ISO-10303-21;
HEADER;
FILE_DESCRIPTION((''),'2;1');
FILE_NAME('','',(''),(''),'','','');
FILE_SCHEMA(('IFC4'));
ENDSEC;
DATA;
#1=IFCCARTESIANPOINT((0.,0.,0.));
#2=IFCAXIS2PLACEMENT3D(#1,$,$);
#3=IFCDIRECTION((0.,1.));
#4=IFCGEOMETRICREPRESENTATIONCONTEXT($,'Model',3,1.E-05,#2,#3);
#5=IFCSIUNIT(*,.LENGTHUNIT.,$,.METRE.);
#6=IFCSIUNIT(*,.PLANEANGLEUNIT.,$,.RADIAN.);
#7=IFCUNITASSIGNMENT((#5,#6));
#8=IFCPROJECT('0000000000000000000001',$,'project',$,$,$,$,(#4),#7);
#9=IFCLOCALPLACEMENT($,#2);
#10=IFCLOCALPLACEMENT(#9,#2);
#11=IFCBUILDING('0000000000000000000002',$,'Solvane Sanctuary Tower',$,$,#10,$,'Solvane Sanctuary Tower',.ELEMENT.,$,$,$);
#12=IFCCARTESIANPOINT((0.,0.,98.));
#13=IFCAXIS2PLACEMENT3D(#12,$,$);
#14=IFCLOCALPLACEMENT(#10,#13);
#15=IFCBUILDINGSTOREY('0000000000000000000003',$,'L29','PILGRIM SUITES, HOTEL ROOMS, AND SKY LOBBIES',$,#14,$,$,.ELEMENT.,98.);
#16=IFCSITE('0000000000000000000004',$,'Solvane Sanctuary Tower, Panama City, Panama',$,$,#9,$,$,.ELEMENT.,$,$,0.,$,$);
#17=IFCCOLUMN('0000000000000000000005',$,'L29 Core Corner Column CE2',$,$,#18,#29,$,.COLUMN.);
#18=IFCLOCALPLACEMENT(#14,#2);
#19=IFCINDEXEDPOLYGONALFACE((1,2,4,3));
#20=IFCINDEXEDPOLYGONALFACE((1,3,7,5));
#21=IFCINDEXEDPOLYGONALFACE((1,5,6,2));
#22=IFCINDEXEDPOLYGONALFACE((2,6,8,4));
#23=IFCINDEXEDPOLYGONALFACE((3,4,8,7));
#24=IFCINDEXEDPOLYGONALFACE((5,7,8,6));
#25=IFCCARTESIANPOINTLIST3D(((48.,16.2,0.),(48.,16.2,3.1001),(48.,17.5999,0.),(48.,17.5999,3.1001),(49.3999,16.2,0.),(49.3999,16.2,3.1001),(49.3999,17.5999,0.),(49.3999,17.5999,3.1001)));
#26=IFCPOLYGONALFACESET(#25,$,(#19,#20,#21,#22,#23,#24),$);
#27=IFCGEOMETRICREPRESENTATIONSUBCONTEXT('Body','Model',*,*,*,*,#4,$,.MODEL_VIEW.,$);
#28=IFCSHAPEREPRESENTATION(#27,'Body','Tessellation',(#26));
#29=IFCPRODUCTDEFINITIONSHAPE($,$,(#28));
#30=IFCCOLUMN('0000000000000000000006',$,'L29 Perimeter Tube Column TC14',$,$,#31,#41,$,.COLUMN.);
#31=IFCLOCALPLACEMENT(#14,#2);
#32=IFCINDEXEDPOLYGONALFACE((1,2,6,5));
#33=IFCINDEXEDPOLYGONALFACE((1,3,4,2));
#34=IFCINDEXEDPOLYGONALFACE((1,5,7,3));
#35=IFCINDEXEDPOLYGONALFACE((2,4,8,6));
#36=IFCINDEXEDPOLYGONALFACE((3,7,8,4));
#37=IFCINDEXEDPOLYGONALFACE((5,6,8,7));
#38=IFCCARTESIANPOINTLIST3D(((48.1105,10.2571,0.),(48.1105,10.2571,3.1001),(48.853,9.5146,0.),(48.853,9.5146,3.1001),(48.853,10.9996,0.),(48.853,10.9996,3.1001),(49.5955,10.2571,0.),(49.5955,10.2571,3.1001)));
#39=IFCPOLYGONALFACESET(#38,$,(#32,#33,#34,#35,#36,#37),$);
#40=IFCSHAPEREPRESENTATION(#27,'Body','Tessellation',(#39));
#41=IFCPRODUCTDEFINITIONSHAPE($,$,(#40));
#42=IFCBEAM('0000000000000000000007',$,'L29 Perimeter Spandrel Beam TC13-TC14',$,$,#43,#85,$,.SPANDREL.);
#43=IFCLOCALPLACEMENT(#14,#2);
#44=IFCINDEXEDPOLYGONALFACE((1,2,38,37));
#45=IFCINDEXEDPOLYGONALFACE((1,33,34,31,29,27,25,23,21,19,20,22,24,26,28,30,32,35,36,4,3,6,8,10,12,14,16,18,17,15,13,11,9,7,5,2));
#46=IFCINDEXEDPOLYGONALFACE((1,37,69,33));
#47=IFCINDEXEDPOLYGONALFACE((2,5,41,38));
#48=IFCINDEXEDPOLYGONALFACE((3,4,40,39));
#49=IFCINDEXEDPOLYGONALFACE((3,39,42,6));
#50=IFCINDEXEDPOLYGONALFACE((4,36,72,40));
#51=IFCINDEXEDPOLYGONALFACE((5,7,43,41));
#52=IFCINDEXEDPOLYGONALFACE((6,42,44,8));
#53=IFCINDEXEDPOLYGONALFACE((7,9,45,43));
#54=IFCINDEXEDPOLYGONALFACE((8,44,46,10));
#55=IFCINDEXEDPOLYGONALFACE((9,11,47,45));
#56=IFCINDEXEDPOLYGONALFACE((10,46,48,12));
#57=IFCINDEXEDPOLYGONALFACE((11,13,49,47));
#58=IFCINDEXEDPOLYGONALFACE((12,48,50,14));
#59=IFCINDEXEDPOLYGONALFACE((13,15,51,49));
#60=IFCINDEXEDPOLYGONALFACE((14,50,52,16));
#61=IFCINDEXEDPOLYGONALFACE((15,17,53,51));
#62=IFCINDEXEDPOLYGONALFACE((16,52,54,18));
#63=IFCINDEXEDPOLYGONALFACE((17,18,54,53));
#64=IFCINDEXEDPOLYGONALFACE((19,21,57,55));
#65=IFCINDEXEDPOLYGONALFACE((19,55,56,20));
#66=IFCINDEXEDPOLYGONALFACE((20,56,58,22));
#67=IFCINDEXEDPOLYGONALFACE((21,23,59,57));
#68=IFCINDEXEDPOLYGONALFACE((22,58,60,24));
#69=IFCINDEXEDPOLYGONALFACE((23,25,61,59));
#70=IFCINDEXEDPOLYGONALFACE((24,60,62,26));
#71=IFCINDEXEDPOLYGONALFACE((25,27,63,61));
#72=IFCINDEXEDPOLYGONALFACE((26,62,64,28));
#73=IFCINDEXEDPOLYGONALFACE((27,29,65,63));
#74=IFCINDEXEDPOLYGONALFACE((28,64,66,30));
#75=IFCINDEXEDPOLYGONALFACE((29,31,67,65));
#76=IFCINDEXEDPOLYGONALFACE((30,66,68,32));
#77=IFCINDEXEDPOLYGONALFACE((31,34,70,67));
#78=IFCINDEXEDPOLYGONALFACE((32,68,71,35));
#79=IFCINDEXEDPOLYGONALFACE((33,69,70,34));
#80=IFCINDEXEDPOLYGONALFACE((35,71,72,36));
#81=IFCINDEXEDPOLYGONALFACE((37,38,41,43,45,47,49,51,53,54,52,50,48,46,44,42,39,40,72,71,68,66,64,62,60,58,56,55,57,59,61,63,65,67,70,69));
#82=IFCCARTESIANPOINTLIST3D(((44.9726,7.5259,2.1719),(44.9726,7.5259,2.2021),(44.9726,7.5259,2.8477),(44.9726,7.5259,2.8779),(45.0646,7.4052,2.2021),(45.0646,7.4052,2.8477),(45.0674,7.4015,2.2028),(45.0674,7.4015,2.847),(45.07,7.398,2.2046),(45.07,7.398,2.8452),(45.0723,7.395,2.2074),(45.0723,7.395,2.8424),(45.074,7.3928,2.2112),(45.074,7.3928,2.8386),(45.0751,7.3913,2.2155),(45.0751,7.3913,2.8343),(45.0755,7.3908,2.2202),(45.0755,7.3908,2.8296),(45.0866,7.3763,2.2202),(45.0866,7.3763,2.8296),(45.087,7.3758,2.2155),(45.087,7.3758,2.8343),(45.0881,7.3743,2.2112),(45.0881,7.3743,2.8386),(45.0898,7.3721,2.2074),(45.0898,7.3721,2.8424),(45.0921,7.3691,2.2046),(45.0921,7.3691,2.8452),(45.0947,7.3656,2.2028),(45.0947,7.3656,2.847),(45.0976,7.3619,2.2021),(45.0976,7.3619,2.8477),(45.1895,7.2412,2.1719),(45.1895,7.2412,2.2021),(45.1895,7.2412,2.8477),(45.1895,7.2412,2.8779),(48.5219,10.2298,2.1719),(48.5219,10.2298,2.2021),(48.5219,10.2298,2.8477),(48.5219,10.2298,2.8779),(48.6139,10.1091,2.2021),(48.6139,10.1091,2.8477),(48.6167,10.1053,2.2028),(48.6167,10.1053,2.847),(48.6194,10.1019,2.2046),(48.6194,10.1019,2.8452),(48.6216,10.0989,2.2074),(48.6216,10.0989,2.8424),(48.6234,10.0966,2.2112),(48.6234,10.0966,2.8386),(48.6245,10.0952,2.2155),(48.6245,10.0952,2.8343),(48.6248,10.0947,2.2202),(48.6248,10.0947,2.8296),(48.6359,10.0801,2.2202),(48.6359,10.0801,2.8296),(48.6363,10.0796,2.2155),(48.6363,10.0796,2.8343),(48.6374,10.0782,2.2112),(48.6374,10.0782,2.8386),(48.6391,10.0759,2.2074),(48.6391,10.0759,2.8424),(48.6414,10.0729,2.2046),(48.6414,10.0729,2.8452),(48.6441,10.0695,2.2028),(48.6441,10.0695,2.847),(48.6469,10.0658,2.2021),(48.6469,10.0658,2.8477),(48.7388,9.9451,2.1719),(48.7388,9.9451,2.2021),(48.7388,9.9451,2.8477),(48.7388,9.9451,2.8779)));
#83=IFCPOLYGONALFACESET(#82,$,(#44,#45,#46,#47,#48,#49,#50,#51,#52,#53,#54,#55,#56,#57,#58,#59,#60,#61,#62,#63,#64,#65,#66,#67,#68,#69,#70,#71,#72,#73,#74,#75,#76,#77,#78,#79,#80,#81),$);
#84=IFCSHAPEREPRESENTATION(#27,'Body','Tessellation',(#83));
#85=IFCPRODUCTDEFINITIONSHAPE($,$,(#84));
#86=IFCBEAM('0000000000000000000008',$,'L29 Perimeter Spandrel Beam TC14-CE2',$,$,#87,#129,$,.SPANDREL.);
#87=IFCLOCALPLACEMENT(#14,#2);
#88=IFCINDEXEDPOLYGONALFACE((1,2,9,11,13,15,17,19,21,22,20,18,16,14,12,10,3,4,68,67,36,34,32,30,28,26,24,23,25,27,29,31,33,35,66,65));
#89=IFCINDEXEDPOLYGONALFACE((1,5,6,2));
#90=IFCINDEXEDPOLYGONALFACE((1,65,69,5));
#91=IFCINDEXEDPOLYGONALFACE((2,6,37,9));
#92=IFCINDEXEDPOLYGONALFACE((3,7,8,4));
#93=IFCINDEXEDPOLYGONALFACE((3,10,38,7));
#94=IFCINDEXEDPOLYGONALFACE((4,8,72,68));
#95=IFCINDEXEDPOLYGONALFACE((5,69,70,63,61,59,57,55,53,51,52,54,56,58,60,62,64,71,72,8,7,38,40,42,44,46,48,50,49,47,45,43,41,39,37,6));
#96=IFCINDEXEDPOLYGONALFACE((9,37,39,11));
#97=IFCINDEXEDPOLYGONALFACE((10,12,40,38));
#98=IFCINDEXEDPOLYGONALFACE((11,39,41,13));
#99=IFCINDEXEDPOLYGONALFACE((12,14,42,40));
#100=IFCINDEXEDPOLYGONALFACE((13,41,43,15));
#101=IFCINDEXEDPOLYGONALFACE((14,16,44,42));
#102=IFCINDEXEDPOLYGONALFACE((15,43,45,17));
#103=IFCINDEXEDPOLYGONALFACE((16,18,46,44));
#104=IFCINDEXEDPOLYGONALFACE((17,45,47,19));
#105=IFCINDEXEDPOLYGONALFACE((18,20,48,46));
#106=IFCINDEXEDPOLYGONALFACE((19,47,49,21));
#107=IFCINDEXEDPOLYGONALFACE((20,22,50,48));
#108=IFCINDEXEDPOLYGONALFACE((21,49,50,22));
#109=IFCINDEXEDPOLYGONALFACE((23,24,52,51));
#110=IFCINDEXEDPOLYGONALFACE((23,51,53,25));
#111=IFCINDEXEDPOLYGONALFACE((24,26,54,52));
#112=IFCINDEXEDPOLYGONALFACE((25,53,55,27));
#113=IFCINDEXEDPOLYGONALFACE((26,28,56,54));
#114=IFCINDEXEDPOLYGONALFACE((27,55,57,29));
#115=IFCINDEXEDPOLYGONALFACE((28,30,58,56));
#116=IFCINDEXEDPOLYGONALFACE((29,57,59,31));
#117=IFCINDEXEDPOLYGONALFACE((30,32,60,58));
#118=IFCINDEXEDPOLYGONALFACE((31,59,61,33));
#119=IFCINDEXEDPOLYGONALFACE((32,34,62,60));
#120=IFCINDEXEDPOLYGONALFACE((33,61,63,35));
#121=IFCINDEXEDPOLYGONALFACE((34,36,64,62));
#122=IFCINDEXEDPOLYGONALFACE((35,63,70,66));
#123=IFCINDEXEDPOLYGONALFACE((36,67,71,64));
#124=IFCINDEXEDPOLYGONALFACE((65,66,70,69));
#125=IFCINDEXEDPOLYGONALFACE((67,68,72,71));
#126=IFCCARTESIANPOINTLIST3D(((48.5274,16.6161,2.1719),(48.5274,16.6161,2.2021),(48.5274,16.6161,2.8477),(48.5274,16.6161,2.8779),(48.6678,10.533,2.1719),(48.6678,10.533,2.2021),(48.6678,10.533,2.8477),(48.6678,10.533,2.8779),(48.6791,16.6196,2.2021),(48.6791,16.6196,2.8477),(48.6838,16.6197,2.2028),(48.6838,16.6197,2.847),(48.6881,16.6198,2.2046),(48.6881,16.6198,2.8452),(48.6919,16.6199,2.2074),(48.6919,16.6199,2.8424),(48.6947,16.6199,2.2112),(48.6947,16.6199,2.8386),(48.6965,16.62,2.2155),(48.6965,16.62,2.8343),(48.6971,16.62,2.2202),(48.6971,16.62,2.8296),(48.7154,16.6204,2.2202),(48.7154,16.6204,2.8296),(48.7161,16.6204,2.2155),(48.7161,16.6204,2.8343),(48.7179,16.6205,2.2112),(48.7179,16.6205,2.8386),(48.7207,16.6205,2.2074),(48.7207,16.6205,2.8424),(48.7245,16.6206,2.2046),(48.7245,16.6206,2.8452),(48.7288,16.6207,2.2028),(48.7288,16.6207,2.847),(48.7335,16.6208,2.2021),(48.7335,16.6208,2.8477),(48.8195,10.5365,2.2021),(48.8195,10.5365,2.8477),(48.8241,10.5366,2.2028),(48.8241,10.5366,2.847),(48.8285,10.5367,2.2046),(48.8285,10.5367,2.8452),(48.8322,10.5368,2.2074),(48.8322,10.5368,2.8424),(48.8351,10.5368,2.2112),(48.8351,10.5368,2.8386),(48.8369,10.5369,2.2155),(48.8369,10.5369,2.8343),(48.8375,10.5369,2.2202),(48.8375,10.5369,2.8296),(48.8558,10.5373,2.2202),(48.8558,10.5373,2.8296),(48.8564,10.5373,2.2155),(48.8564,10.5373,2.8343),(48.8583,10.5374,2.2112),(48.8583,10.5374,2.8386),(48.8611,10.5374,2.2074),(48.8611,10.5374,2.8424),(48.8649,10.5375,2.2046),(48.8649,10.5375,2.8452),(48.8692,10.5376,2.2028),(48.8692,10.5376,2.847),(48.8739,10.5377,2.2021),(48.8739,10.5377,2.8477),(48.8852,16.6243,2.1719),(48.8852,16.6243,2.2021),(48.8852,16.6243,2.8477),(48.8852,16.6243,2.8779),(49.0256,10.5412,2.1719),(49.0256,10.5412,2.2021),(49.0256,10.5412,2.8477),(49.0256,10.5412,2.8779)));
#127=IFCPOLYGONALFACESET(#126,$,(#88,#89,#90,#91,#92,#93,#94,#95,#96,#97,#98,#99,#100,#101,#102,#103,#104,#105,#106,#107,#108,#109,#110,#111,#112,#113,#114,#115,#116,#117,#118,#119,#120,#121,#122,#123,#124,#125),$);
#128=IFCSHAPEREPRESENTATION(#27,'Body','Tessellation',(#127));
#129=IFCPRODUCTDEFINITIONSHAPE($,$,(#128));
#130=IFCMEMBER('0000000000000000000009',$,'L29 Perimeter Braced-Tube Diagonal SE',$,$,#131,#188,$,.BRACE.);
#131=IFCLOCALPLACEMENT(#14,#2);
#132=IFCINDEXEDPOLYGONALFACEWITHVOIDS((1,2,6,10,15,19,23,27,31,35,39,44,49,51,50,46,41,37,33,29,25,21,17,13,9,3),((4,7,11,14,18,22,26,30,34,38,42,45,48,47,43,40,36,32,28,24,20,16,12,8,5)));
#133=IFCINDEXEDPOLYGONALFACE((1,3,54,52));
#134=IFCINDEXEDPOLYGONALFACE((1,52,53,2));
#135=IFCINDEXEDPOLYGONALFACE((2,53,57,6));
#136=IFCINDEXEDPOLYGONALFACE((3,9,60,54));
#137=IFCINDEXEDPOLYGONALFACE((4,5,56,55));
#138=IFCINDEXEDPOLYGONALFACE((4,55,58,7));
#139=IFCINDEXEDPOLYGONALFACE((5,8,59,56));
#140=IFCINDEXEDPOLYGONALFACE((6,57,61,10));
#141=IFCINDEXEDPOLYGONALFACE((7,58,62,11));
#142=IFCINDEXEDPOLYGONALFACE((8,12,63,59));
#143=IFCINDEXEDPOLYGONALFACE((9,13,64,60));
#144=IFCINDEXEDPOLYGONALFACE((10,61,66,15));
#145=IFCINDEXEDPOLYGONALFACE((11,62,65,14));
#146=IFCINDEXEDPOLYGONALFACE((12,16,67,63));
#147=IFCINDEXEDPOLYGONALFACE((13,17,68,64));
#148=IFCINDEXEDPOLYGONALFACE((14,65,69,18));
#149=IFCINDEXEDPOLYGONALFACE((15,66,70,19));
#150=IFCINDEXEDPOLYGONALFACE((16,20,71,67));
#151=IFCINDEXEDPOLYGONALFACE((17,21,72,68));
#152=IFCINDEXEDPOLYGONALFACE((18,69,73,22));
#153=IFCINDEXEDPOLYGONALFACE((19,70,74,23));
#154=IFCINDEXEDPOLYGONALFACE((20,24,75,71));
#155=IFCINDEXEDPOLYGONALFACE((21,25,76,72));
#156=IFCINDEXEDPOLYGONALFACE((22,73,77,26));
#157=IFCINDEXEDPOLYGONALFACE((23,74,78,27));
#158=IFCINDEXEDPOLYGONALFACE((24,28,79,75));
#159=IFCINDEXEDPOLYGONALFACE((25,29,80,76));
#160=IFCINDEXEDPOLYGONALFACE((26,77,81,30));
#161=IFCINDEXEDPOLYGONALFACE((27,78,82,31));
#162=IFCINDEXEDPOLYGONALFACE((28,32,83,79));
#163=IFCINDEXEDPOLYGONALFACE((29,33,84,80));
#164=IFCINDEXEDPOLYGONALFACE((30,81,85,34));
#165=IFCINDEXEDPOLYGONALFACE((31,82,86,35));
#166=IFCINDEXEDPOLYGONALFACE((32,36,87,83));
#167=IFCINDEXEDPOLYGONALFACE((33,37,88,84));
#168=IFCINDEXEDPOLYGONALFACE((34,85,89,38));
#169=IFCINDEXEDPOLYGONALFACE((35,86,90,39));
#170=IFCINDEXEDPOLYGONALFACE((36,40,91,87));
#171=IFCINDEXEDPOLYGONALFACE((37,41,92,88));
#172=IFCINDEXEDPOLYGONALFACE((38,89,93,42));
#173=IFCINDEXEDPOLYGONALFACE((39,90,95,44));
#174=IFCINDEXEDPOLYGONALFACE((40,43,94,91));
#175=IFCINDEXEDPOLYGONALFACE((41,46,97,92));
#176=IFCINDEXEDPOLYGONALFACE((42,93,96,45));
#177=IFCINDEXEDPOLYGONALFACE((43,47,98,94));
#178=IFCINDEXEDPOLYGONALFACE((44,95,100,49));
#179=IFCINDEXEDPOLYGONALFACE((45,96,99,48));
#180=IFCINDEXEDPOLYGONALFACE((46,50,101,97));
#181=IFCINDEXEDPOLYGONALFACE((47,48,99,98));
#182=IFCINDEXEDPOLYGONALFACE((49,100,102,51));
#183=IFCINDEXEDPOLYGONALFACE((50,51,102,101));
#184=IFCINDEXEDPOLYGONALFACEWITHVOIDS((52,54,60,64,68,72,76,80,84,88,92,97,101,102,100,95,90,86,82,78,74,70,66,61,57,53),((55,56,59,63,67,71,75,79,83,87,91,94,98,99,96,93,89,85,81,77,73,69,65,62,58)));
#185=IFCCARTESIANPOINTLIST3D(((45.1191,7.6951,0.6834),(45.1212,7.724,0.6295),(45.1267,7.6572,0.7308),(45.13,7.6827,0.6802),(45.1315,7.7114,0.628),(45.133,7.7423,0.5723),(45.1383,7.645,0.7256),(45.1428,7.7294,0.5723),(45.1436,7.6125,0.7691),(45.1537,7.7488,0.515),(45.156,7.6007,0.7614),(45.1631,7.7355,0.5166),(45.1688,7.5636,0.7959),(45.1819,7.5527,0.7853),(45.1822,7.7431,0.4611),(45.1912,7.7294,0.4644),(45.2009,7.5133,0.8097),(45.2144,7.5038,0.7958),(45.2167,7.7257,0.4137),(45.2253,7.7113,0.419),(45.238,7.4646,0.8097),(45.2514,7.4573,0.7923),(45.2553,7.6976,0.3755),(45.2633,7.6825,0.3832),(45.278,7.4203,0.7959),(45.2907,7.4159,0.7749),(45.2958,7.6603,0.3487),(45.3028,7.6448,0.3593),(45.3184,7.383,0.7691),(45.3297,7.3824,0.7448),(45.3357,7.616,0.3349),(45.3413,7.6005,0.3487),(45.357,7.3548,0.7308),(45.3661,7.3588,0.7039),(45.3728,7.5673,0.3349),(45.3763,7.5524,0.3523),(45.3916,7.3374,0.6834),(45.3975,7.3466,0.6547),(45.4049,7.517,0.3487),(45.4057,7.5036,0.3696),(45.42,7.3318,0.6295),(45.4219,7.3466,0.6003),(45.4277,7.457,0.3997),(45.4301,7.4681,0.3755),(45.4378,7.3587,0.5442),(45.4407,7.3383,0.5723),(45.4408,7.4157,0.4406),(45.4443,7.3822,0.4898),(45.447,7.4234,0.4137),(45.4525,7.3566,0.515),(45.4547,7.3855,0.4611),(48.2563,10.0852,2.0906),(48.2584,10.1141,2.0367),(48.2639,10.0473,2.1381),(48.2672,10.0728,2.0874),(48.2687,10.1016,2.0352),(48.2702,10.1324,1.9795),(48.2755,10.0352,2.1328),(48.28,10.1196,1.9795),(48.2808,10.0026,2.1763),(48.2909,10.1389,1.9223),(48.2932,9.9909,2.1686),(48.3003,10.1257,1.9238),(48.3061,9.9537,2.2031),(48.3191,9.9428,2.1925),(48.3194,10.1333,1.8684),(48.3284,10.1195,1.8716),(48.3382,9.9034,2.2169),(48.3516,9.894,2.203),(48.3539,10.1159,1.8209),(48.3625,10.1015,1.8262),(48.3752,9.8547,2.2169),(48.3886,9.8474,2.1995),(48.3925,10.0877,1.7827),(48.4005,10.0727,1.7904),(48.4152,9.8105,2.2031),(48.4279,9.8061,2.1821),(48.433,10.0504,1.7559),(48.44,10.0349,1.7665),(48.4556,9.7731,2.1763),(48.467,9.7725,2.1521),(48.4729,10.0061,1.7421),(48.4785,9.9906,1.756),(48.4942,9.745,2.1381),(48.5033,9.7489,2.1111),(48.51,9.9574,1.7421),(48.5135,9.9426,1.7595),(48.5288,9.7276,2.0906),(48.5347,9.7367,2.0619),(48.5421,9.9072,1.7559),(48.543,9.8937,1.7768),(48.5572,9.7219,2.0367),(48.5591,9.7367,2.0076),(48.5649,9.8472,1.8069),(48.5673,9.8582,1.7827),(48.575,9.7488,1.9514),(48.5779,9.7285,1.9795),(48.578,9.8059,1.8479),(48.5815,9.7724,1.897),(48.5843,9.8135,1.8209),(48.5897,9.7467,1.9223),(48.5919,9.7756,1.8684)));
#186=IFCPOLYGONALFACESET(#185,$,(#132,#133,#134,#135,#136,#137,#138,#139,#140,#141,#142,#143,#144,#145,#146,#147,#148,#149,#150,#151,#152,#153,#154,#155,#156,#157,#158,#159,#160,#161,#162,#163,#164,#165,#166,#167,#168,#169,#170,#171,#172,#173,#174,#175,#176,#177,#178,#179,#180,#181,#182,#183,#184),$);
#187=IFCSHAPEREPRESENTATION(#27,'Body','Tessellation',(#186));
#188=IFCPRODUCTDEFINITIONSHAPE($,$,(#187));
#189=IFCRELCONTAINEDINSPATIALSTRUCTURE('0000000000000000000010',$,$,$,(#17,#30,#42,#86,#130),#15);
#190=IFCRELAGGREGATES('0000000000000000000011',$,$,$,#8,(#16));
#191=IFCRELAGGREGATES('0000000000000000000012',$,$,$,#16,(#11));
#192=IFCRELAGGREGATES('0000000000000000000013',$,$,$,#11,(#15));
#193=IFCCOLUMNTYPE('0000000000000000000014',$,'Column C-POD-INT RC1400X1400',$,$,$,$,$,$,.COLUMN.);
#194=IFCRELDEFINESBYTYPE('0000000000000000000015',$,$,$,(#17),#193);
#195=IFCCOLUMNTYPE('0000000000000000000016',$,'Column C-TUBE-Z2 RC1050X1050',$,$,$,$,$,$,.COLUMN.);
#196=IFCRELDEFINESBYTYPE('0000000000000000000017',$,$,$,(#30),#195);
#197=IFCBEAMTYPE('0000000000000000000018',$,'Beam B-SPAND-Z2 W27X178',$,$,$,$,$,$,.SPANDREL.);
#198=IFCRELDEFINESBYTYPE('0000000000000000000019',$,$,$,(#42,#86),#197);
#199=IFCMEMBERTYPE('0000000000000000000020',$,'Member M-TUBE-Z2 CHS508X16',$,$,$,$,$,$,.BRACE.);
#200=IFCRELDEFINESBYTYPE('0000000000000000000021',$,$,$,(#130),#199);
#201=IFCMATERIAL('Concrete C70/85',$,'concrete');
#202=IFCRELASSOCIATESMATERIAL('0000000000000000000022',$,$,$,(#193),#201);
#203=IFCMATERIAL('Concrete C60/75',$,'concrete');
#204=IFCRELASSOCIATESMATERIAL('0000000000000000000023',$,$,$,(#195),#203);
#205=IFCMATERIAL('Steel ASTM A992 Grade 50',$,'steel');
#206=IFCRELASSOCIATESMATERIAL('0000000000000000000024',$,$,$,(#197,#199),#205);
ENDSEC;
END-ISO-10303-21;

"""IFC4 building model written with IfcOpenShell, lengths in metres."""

from ifc_helpers import new_model, si_unit, direction, frame, origin, origin_2d, place, context, subcontext, project, spatial, rectangle, hollow_circle, i_section, extrude, material, material_profile, profile_set, type_object, element, save


model = new_model("IFC4")

# Units and contexts
model_context = context("Model", 3, precision=1e-05, world=origin(), true_north=direction((0.0, 1.0)))
body_context = subcontext(model_context, "Body", "Model", "MODEL_VIEW")
ifc_project = project(units=[si_unit("LENGTHUNIT", "METRE"), si_unit("PLANEANGLEUNIT", "RADIAN")], contexts=[model_context])

# Site, building, storey
site_placement = place(None, origin())
site = spatial("IfcSite", under=ifc_project, at=site_placement, Name="Solvane Sanctuary Tower, Panama City, Panama", CompositionType="ELEMENT", RefElevation=0.0)
building_placement = place(site_placement, origin())
building = spatial("IfcBuilding", under=site, at=building_placement, Name="Solvane Sanctuary Tower", LongName="Solvane Sanctuary Tower", CompositionType="ELEMENT")
storey_placement = place(building_placement, frame((0.0, 0.0, 98.0)))
storey = spatial("IfcBuildingStorey", under=building, at=storey_placement, Name="L29", Description="PILGRIM SUITES, HOTEL ROOMS, AND SKY LOBBIES", CompositionType="ELEMENT", Elevation=98.0)

# Columns
ifc_material_1 = material(Name="Concrete C70/85", Category="concrete")
ifc_material_profile_1 = material_profile(ifc_material_1, rectangle(XDim=1.3999, YDim=1.3999, at=origin_2d()), Name="RC1400X1400")
ifc_profile_set_1 = profile_set([ifc_material_profile_1], Name="Concrete C70/85")
column_type_1 = type_object("IfcColumnType", Name="Column C-POD-INT RC1400X1400", PredefinedType="COLUMN", material=ifc_profile_set_1)
column_1_placement = place(storey_placement, frame((48.7, 16.8999, 0.0), z_axis=(0.0, 0.0, 1.0), x_axis=(1.0, 0.0, 0.0)))
element("IfcColumn", 1, at=column_1_placement, inside=storey, type_object=column_type_1, Name="L29 Core Corner Column CE2", PredefinedType="COLUMN", context=body_context, shape_type="SweptSolid", body=[
    extrude(rectangle(XDim=1.3999, YDim=1.3999, at=origin_2d()), origin(), (0.0, 0.0, 1.0), 3.1001),
])
ifc_material_2 = material(Name="Concrete C60/75", Category="concrete")
ifc_material_profile_2 = material_profile(ifc_material_2, rectangle(XDim=1.05, YDim=1.05, at=origin_2d()), Name="RC1050X1050")
ifc_profile_set_2 = profile_set([ifc_material_profile_2], Name="Concrete C60/75")
column_type_2 = type_object("IfcColumnType", Name="Column C-TUBE-Z2 RC1050X1050", PredefinedType="COLUMN", material=ifc_profile_set_2)
column_2_placement = place(storey_placement, frame((48.853, 10.2571, 0.0), z_axis=(0.0, 0.0, 1.0), x_axis=(0.707107, -0.707107, 0.0)))
element("IfcColumn", 2, at=column_2_placement, inside=storey, type_object=column_type_2, Name="L29 Perimeter Tube Column TC14", PredefinedType="COLUMN", context=body_context, shape_type="SweptSolid", body=[
    extrude(rectangle(XDim=1.05, YDim=1.05, at=origin_2d()), origin(), (0.0, 0.0, 1.0), 3.1001),
])

# Beams
ifc_material_3 = material(Name="Steel ASTM A992 Grade 50", Category="steel")
ifc_material_profile_3 = material_profile(ifc_material_3, i_section(OverallWidth=0.3579, OverallDepth=0.7061, WebThickness=0.0183, FlangeThickness=0.0303, FilletRadius=0.0181, at=origin_2d()), Name="W27X178")
ifc_profile_set_3 = profile_set([ifc_material_profile_3], Name="Steel ASTM A992 Grade 50")
beam_type = type_object("IfcBeamType", Name="Beam B-SPAND-Z2 W27X178", PredefinedType="SPANDREL", material=ifc_profile_set_3)
beam_1_placement = place(storey_placement, frame((45.0811, 7.3835, 2.5249), z_axis=(0.795473, 0.605989, 0.0), x_axis=(-0.605989, 0.795473, 0.0)))
element("IfcBeam", 3, at=beam_1_placement, inside=storey, type_object=beam_type, Name="L29 Perimeter Spandrel Beam TC13-TC14", PredefinedType="SPANDREL", context=body_context, shape_type="SweptSolid", body=[
    extrude(i_section(OverallWidth=0.3579, OverallDepth=0.7061, WebThickness=0.0183, FlangeThickness=0.0303, FilletRadius=0.0181, at=origin_2d()), origin(), (0.0, 0.0, 1.0), 4.4619),
])
beam_2_placement = place(storey_placement, frame((48.8467, 10.5371, 2.5249), z_axis=(-0.023071, 0.999734, 0.0), x_axis=(-0.999734, -0.023071, 0.0)))
element("IfcBeam", 4, at=beam_2_placement, inside=storey, type_object=beam_type, Name="L29 Perimeter Spandrel Beam TC14-CE2", PredefinedType="SPANDREL", context=body_context, shape_type="SweptSolid", body=[
    extrude(i_section(OverallWidth=0.3579, OverallDepth=0.7061, WebThickness=0.0183, FlangeThickness=0.0303, FilletRadius=0.0181, at=origin_2d()), origin(), (0.0, 0.0, 1.0), 6.0847),
])

# Member
ifc_material_profile_4 = material_profile(ifc_material_3, hollow_circle(Radius=0.2539, WallThickness=0.0161, at=origin_2d()), Name="CHS508X16")
ifc_profile_set_4 = profile_set([ifc_material_profile_4], Name="Steel ASTM A992 Grade 50")
member_type = type_object("IfcMemberType", Name="Member M-TUBE-Z2 CHS508X16", PredefinedType="BRACE", material=ifc_profile_set_4)
member_placement = place(storey_placement, frame((45.2869, 7.5403, 0.5723), z_axis=(0.749185, 0.57078, 0.336055), x_axis=(-0.606025, 0.795446, 0.0)))
element("IfcMember", 5, at=member_placement, inside=storey, type_object=member_type, Name="L29 Perimeter Braced-Tube Diagonal SE", PredefinedType="BRACE", context=body_context, shape_type="SweptSolid", body=[
    extrude(hollow_circle(Radius=0.2539, WallThickness=0.0161, at=origin_2d()), origin(), (0.0, 0.0, 1.0), 4.1875),
])

save(model, "model.ifc")
